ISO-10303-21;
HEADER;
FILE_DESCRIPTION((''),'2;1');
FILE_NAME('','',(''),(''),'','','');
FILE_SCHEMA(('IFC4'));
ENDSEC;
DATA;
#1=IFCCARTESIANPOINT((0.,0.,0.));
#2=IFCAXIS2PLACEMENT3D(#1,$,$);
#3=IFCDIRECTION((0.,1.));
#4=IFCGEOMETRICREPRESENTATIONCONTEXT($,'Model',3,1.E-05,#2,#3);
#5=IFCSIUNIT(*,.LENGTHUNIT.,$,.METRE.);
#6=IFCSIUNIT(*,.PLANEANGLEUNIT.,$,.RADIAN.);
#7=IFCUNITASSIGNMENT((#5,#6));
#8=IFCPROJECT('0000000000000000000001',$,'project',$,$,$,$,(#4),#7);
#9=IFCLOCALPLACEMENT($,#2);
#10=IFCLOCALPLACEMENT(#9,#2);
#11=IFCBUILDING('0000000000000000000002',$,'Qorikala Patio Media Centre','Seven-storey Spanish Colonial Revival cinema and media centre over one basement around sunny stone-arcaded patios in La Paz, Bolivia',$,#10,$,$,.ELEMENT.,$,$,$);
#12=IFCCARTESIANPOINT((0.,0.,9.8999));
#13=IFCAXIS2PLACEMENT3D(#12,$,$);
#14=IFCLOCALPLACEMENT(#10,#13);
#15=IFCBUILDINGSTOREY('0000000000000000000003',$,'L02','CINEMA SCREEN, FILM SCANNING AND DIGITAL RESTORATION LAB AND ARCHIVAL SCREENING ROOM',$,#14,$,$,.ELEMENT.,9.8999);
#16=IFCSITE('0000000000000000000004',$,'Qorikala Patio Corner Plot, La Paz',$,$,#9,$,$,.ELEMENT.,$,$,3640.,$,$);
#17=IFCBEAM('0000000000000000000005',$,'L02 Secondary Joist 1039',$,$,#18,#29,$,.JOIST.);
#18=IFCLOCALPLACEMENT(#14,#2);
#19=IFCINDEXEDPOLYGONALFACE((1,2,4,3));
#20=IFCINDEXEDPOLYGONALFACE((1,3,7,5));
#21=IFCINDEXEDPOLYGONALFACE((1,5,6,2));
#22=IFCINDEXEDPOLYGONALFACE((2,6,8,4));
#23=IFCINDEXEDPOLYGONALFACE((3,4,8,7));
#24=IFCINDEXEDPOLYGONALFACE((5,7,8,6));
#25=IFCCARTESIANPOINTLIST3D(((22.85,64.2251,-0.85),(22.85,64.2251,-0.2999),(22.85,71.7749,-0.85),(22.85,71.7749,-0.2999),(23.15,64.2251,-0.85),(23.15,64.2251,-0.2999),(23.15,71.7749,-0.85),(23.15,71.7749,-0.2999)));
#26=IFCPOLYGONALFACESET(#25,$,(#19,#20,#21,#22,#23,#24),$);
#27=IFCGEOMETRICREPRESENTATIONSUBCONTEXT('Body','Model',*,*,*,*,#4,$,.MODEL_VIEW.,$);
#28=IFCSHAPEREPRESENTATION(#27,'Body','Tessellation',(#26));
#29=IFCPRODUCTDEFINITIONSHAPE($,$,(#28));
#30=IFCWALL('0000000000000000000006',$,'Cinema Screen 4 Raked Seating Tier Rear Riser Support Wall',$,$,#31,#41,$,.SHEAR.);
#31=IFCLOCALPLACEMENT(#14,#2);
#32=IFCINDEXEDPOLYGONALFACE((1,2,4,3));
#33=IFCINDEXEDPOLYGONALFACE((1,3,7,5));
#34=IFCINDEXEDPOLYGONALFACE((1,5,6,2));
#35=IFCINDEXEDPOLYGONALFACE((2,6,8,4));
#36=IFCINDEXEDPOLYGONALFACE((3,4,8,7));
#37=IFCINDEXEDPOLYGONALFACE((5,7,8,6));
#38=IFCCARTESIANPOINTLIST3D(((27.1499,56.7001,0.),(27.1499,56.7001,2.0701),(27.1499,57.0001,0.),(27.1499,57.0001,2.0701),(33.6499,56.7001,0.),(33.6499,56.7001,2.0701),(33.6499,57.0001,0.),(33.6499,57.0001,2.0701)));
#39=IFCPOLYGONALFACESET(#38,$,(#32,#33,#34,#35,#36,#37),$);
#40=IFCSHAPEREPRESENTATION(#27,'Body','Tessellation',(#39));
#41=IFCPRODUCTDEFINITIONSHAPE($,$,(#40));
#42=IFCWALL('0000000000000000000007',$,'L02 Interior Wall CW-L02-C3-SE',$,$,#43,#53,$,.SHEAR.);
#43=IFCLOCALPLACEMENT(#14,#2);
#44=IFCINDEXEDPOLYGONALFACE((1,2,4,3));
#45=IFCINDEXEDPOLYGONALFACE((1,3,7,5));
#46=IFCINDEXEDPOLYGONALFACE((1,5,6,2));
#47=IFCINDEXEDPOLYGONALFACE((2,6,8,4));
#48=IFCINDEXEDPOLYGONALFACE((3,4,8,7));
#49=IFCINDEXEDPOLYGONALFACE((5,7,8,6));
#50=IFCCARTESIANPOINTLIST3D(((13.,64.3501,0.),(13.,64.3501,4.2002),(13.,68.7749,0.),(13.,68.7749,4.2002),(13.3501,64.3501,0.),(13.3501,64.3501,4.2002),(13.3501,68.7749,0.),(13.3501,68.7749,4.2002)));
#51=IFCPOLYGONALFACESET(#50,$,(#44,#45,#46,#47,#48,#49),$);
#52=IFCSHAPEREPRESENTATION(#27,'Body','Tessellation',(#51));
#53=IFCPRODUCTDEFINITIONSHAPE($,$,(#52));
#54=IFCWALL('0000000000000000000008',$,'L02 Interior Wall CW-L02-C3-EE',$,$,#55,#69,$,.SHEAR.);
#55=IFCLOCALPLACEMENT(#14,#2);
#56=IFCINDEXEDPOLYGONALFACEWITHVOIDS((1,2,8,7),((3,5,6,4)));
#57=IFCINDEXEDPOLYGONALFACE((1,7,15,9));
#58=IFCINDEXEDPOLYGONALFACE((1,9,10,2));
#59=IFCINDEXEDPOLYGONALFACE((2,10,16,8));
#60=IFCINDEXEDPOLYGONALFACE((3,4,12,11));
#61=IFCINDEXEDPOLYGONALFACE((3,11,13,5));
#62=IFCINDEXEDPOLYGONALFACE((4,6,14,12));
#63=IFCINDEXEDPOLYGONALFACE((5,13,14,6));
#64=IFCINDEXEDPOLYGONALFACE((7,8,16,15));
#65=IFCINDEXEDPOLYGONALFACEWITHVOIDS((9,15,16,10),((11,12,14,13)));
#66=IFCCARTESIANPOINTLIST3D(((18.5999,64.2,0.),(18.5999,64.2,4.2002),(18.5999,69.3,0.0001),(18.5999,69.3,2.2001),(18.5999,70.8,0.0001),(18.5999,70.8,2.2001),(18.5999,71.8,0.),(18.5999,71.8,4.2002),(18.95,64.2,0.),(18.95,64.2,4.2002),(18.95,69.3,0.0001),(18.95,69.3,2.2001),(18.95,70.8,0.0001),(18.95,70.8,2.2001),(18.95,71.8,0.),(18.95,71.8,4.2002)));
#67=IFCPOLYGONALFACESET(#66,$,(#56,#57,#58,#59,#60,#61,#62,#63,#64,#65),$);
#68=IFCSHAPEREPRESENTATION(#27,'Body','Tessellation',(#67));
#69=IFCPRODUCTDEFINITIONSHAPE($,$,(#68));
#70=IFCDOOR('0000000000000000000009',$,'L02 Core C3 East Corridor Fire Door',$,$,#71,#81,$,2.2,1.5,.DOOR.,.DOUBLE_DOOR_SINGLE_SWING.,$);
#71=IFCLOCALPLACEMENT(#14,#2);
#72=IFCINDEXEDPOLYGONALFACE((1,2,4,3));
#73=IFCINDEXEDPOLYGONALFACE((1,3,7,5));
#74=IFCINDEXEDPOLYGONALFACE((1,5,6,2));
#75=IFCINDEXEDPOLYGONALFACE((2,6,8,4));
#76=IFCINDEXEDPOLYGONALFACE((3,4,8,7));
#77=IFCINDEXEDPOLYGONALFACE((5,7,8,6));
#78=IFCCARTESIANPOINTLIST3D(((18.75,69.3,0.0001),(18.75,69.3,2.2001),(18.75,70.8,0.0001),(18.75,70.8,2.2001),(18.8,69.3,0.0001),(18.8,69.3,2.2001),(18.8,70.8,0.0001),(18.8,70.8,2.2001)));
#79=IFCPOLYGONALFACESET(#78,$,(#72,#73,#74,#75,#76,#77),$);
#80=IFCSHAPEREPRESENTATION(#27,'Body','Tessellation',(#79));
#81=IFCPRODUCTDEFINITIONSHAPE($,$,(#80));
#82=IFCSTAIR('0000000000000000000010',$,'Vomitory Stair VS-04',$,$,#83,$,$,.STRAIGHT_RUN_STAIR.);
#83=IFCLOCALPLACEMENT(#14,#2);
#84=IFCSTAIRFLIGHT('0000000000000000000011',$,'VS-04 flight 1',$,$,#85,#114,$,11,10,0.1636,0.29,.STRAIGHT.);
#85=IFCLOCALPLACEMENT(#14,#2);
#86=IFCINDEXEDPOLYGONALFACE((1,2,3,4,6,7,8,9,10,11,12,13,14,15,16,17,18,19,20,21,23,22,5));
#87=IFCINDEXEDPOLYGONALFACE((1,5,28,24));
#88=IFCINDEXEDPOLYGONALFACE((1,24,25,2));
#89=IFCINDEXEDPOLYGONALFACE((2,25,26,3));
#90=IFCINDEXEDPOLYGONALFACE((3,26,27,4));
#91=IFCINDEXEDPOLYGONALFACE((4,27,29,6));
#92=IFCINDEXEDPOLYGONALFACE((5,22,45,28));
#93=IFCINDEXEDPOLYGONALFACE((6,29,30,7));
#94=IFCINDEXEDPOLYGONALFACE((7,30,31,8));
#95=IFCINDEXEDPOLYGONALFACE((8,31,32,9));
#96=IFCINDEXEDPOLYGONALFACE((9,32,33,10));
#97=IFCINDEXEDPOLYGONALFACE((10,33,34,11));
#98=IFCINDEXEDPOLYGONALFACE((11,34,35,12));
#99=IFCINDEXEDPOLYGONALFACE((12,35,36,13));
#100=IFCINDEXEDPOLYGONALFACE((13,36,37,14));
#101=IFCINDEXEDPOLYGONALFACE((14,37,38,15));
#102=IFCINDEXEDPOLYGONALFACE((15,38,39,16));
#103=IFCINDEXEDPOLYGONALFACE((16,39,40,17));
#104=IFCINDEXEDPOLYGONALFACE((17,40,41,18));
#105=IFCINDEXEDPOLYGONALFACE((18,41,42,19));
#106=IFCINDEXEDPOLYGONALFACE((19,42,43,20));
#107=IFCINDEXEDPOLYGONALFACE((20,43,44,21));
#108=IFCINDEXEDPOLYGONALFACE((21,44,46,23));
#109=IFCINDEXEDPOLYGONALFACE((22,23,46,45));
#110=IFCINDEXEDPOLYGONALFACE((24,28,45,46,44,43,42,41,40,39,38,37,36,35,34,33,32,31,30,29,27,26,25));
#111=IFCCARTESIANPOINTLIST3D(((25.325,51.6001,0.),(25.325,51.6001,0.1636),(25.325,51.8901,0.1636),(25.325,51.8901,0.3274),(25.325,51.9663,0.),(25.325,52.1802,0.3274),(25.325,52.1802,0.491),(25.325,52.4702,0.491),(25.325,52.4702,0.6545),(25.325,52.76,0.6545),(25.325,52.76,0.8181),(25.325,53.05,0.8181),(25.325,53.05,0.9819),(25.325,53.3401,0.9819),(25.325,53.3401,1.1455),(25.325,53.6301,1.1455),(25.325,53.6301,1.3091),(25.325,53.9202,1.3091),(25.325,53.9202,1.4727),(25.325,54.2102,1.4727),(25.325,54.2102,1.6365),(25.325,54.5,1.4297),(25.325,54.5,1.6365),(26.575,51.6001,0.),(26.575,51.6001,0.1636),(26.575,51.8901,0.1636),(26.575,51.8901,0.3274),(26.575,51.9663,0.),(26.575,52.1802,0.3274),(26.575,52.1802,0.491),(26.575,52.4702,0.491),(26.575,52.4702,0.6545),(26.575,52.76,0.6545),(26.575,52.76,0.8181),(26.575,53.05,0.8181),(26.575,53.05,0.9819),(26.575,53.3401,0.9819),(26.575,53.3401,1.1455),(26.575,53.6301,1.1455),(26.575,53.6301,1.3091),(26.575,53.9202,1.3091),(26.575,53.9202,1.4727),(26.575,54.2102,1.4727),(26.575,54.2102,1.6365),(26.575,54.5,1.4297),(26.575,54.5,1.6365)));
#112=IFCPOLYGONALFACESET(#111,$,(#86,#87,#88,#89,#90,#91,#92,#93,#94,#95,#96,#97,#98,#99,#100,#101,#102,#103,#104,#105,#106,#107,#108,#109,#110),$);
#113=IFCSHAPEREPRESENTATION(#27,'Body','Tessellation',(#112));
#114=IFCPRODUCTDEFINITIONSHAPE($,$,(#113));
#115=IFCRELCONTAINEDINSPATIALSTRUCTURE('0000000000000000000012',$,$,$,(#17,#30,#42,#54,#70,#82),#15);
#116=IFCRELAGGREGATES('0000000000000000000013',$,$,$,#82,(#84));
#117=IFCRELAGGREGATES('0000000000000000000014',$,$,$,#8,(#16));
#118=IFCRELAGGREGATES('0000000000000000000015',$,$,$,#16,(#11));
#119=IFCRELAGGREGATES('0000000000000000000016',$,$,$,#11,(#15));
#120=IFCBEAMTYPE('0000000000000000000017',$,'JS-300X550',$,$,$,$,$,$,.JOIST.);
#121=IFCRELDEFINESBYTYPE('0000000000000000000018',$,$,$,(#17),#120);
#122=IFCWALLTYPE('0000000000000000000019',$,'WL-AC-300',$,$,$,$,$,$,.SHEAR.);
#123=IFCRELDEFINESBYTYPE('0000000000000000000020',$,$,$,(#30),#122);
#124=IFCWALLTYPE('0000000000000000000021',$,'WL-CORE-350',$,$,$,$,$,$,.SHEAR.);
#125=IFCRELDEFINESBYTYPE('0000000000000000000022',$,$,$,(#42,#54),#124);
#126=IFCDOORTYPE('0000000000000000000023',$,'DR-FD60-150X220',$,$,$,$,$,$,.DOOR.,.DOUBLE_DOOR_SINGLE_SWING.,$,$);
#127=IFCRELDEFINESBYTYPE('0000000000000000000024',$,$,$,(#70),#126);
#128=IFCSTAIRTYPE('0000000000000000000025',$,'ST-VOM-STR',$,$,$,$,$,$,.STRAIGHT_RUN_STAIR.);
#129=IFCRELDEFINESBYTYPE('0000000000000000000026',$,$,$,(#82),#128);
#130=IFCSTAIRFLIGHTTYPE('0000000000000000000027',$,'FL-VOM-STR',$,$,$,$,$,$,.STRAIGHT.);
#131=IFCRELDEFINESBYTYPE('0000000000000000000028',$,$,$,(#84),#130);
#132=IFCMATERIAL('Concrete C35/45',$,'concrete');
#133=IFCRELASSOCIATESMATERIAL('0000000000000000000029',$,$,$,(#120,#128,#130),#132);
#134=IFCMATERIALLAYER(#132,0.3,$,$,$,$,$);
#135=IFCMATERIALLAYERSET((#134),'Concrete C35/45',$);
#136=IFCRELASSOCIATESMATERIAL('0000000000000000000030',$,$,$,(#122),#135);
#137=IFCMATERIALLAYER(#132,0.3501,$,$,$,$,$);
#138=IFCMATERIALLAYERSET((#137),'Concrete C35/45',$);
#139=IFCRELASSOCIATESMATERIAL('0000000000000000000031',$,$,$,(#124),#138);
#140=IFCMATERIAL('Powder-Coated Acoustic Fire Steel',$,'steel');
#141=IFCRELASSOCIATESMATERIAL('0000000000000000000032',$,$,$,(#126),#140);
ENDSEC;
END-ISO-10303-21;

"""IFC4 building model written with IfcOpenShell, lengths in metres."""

from ifc_helpers import new_model, si_unit, direction, frame, frame_2d, origin, origin_2d, place, context, subcontext, project, spatial, polyline, rectangle, outline, extrude, material, layer, layer_set, material_profile, profile_set, type_object, element, fill, aggregate, save


model = new_model("IFC4")

# Units and contexts
model_context = context("Model", 3, precision=1e-05, world=origin(), true_north=direction((0.0, 1.0)))
body_context = subcontext(model_context, "Body", "Model", "MODEL_VIEW")
ifc_project = project(units=[si_unit("LENGTHUNIT", "METRE"), si_unit("PLANEANGLEUNIT", "RADIAN")], contexts=[model_context])

# Site, building, storey
site_placement = place(None, origin())
site = spatial("IfcSite", under=ifc_project, at=site_placement, Name="Qorikala Patio Corner Plot, La Paz", CompositionType="ELEMENT", RefElevation=3640.0)
building_placement = place(site_placement, origin())
building = spatial("IfcBuilding", under=site, at=building_placement, Name="Qorikala Patio Media Centre", Description="Seven-storey Spanish Colonial Revival cinema and media centre over one basement around sunny stone-arcaded patios in La Paz, Bolivia", CompositionType="ELEMENT")
storey_placement = place(building_placement, frame((0.0, 0.0, 9.8999)))
storey = spatial("IfcBuildingStorey", under=building, at=storey_placement, Name="L02", Description="CINEMA SCREEN, FILM SCANNING AND DIGITAL RESTORATION LAB AND ARCHIVAL SCREENING ROOM", CompositionType="ELEMENT", Elevation=9.8999)

# Shared definitions
ifc_material_1 = material(Name="Concrete C35/45", Category="concrete")

# Beam
ifc_material_profile_1 = material_profile(ifc_material_1, rectangle(XDim=0.3, YDim=0.55, at=origin_2d()), Name="RC 300x550")
ifc_profile_set_1 = profile_set([ifc_material_profile_1], Name="Concrete C35/45")
beam_type_1 = type_object("IfcBeamType", Name="JS-300X550", PredefinedType="JOIST", material=ifc_profile_set_1)
beam_1_placement = place(storey_placement, frame((23.0, 64.2251, -0.575), z_axis=(0.0, 1.0, 0.0), x_axis=(-1.0, 0.0, 0.0)))
element("IfcBeam", 1, at=beam_1_placement, inside=storey, type_object=beam_type_1, Name="L02 Secondary Joist 1039", PredefinedType="JOIST", context=body_context, shape_type="SweptSolid", body=[
    extrude(rectangle(XDim=0.3, YDim=0.55, at=origin_2d()), origin(), (0.0, 0.0, 1.0), 7.5498),
])

# Walls
ifc_layer_1 = layer(ifc_material_1, 0.3)
ifc_layer_set_1 = layer_set([ifc_layer_1], Name="Concrete C35/45")
wall_type_1 = type_object("IfcWallType", Name="WL-AC-300", PredefinedType="SHEAR", material=ifc_layer_set_1)
wall_1_placement = place(storey_placement, frame((27.1499, 56.8501, 0.0), z_axis=(0.0, 0.0, 1.0), x_axis=(1.0, 0.0, 0.0)))
element("IfcWall", 2, at=wall_1_placement, inside=storey, type_object=wall_type_1, Name="Cinema Screen 4 Raked Seating Tier Rear Riser Support Wall", PredefinedType="SHEAR", context=body_context, shape_type="SweptSolid", body=[
    extrude(rectangle(XDim=6.5, YDim=0.3, at=frame_2d((3.25, 0.0))), origin(), (0.0, 0.0, 1.0), 2.0701),
])
ifc_layer_2 = layer(ifc_material_1, 0.3501)
ifc_layer_set_2 = layer_set([ifc_layer_2], Name="Concrete C35/45")
wall_type_2 = type_object("IfcWallType", Name="WL-CORE-350", PredefinedType="SHEAR", material=ifc_layer_set_2)
wall_2_placement = place(storey_placement, frame((13.175, 64.3501, 0.0), z_axis=(0.0, 0.0, 1.0), x_axis=(0.0, 1.0, 0.0)))
element("IfcWall", 3, at=wall_2_placement, inside=storey, type_object=wall_type_2, Name="L02 Interior Wall CW-L02-C3-SE", PredefinedType="SHEAR", context=body_context, shape_type="SweptSolid", body=[
    extrude(rectangle(XDim=4.4248, YDim=0.3501, at=frame_2d((2.2124, 0.0))), origin(), (0.0, 0.0, 1.0), 4.2002),
])

# Wall, opening, door
wall_3_placement = place(storey_placement, frame((18.7749, 64.2, 0.0), z_axis=(0.0, 0.0, 1.0), x_axis=(0.0, 1.0, 0.0)))
wall_3 = element("IfcWall", 4, at=wall_3_placement, inside=storey, type_object=wall_type_2, Name="L02 Interior Wall CW-L02-C3-EE", PredefinedType="SHEAR", context=body_context, shape_type="SweptSolid", body=[
    extrude(rectangle(XDim=7.6001, YDim=0.3501, at=frame_2d((3.8, 0.0))), origin(), (0.0, 0.0, 1.0), 4.2002),
])
opening_placement = place(wall_3_placement, frame((5.1001, 0.0, 0.0)))
opening = element("IfcOpeningElement", 5, at=opening_placement, cuts=wall_3, PredefinedType="OPENING", context=body_context, shape_type="SweptSolid", body=[
    extrude(rectangle(XDim=1.5, YDim=2.2, at=frame_2d((0.75, 1.1001))), frame((0.0, 0.1851, 0.0), z_axis=(0.0, -1.0, 0.0), x_axis=(1.0, 0.0, 0.0)), (0.0, 0.0, 1.0), 0.3701),
])
ifc_material_2 = material(Name="Powder-Coated Acoustic Fire Steel", Category="steel")
door_type = type_object("IfcDoorType", Name="DR-FD60-150X220", OperationType="DOUBLE_DOOR_SINGLE_SWING", PredefinedType="DOOR", material=ifc_material_2)
door_placement = place(opening_placement, origin())
door = element("IfcDoor", 6, at=door_placement, inside=storey, type_object=door_type, Name="L02 Core C3 East Corridor Fire Door", OperationType="DOUBLE_DOOR_SINGLE_SWING", OverallHeight=2.2, OverallWidth=1.5, PredefinedType="DOOR", context=body_context, shape_type="SweptSolid", body=[
    extrude(rectangle(XDim=1.5, YDim=2.2, at=frame_2d((0.75, 1.1001))), frame((0.0, 0.0249, 0.0), z_axis=(0.0, -1.0, 0.0), x_axis=(1.0, 0.0, 0.0)), (0.0, 0.0, 1.0), 0.05),
])
fill(opening, door)

# Stair, stair flight
stair_type = type_object("IfcStairType", Name="ST-VOM-STR", PredefinedType="STRAIGHT_RUN_STAIR", material=ifc_material_1)
stair_placement = place(storey_placement, origin())
stair = element("IfcStair", 7, at=stair_placement, inside=storey, type_object=stair_type, Name="Vomitory Stair VS-04", PredefinedType="STRAIGHT_RUN_STAIR")
stair_flight_type = type_object("IfcStairFlightType", Name="FL-VOM-STR", PredefinedType="STRAIGHT", material=ifc_material_1)
stair_flight_placement = place(storey_placement, frame((25.95, 51.6001, 0.0), z_axis=(0.0, 0.0, 1.0), x_axis=(0.0, 1.0, 0.0)))
stair_flight = element("IfcStairFlight", 8, at=stair_flight_placement, type_object=stair_flight_type, Name="VS-04 flight 1", NumberOfRisers=11, NumberOfTreads=10, PredefinedType="STRAIGHT", RiserHeight=0.1636, TreadLength=0.29, context=body_context, shape_type="SweptSolid", body=[
    extrude(outline(polyline([(0.0, 0.0), (0.0, 0.1636), (0.29, 0.1636), (0.29, 0.3274), (0.5801, 0.3274), (0.5801, 0.491), (0.8701, 0.491), (0.8701, 0.6545), (1.1599, 0.6545), (1.1599, 0.8181), (1.45, 0.8181), (1.45, 0.9819), (1.74, 0.9819), (1.74, 1.1455), (2.03, 1.1455), (2.03, 1.3091), (2.3201, 1.3091), (2.3201, 1.4727), (2.6101, 1.4727), (2.6101, 1.6365), (2.8999, 1.6365), (2.8999, 1.8), (2.8999, 1.4297), (0.3662, 0.0), (0.0, 0.0)])), frame((0.0, 0.625, 0.0), z_axis=(0.0, -1.0, 0.0), x_axis=(1.0, 0.0, 0.0)), (0.0, 0.0, 1.0), 1.25),
])
aggregate(stair, [stair_flight])

save(model, "model.ifc")
